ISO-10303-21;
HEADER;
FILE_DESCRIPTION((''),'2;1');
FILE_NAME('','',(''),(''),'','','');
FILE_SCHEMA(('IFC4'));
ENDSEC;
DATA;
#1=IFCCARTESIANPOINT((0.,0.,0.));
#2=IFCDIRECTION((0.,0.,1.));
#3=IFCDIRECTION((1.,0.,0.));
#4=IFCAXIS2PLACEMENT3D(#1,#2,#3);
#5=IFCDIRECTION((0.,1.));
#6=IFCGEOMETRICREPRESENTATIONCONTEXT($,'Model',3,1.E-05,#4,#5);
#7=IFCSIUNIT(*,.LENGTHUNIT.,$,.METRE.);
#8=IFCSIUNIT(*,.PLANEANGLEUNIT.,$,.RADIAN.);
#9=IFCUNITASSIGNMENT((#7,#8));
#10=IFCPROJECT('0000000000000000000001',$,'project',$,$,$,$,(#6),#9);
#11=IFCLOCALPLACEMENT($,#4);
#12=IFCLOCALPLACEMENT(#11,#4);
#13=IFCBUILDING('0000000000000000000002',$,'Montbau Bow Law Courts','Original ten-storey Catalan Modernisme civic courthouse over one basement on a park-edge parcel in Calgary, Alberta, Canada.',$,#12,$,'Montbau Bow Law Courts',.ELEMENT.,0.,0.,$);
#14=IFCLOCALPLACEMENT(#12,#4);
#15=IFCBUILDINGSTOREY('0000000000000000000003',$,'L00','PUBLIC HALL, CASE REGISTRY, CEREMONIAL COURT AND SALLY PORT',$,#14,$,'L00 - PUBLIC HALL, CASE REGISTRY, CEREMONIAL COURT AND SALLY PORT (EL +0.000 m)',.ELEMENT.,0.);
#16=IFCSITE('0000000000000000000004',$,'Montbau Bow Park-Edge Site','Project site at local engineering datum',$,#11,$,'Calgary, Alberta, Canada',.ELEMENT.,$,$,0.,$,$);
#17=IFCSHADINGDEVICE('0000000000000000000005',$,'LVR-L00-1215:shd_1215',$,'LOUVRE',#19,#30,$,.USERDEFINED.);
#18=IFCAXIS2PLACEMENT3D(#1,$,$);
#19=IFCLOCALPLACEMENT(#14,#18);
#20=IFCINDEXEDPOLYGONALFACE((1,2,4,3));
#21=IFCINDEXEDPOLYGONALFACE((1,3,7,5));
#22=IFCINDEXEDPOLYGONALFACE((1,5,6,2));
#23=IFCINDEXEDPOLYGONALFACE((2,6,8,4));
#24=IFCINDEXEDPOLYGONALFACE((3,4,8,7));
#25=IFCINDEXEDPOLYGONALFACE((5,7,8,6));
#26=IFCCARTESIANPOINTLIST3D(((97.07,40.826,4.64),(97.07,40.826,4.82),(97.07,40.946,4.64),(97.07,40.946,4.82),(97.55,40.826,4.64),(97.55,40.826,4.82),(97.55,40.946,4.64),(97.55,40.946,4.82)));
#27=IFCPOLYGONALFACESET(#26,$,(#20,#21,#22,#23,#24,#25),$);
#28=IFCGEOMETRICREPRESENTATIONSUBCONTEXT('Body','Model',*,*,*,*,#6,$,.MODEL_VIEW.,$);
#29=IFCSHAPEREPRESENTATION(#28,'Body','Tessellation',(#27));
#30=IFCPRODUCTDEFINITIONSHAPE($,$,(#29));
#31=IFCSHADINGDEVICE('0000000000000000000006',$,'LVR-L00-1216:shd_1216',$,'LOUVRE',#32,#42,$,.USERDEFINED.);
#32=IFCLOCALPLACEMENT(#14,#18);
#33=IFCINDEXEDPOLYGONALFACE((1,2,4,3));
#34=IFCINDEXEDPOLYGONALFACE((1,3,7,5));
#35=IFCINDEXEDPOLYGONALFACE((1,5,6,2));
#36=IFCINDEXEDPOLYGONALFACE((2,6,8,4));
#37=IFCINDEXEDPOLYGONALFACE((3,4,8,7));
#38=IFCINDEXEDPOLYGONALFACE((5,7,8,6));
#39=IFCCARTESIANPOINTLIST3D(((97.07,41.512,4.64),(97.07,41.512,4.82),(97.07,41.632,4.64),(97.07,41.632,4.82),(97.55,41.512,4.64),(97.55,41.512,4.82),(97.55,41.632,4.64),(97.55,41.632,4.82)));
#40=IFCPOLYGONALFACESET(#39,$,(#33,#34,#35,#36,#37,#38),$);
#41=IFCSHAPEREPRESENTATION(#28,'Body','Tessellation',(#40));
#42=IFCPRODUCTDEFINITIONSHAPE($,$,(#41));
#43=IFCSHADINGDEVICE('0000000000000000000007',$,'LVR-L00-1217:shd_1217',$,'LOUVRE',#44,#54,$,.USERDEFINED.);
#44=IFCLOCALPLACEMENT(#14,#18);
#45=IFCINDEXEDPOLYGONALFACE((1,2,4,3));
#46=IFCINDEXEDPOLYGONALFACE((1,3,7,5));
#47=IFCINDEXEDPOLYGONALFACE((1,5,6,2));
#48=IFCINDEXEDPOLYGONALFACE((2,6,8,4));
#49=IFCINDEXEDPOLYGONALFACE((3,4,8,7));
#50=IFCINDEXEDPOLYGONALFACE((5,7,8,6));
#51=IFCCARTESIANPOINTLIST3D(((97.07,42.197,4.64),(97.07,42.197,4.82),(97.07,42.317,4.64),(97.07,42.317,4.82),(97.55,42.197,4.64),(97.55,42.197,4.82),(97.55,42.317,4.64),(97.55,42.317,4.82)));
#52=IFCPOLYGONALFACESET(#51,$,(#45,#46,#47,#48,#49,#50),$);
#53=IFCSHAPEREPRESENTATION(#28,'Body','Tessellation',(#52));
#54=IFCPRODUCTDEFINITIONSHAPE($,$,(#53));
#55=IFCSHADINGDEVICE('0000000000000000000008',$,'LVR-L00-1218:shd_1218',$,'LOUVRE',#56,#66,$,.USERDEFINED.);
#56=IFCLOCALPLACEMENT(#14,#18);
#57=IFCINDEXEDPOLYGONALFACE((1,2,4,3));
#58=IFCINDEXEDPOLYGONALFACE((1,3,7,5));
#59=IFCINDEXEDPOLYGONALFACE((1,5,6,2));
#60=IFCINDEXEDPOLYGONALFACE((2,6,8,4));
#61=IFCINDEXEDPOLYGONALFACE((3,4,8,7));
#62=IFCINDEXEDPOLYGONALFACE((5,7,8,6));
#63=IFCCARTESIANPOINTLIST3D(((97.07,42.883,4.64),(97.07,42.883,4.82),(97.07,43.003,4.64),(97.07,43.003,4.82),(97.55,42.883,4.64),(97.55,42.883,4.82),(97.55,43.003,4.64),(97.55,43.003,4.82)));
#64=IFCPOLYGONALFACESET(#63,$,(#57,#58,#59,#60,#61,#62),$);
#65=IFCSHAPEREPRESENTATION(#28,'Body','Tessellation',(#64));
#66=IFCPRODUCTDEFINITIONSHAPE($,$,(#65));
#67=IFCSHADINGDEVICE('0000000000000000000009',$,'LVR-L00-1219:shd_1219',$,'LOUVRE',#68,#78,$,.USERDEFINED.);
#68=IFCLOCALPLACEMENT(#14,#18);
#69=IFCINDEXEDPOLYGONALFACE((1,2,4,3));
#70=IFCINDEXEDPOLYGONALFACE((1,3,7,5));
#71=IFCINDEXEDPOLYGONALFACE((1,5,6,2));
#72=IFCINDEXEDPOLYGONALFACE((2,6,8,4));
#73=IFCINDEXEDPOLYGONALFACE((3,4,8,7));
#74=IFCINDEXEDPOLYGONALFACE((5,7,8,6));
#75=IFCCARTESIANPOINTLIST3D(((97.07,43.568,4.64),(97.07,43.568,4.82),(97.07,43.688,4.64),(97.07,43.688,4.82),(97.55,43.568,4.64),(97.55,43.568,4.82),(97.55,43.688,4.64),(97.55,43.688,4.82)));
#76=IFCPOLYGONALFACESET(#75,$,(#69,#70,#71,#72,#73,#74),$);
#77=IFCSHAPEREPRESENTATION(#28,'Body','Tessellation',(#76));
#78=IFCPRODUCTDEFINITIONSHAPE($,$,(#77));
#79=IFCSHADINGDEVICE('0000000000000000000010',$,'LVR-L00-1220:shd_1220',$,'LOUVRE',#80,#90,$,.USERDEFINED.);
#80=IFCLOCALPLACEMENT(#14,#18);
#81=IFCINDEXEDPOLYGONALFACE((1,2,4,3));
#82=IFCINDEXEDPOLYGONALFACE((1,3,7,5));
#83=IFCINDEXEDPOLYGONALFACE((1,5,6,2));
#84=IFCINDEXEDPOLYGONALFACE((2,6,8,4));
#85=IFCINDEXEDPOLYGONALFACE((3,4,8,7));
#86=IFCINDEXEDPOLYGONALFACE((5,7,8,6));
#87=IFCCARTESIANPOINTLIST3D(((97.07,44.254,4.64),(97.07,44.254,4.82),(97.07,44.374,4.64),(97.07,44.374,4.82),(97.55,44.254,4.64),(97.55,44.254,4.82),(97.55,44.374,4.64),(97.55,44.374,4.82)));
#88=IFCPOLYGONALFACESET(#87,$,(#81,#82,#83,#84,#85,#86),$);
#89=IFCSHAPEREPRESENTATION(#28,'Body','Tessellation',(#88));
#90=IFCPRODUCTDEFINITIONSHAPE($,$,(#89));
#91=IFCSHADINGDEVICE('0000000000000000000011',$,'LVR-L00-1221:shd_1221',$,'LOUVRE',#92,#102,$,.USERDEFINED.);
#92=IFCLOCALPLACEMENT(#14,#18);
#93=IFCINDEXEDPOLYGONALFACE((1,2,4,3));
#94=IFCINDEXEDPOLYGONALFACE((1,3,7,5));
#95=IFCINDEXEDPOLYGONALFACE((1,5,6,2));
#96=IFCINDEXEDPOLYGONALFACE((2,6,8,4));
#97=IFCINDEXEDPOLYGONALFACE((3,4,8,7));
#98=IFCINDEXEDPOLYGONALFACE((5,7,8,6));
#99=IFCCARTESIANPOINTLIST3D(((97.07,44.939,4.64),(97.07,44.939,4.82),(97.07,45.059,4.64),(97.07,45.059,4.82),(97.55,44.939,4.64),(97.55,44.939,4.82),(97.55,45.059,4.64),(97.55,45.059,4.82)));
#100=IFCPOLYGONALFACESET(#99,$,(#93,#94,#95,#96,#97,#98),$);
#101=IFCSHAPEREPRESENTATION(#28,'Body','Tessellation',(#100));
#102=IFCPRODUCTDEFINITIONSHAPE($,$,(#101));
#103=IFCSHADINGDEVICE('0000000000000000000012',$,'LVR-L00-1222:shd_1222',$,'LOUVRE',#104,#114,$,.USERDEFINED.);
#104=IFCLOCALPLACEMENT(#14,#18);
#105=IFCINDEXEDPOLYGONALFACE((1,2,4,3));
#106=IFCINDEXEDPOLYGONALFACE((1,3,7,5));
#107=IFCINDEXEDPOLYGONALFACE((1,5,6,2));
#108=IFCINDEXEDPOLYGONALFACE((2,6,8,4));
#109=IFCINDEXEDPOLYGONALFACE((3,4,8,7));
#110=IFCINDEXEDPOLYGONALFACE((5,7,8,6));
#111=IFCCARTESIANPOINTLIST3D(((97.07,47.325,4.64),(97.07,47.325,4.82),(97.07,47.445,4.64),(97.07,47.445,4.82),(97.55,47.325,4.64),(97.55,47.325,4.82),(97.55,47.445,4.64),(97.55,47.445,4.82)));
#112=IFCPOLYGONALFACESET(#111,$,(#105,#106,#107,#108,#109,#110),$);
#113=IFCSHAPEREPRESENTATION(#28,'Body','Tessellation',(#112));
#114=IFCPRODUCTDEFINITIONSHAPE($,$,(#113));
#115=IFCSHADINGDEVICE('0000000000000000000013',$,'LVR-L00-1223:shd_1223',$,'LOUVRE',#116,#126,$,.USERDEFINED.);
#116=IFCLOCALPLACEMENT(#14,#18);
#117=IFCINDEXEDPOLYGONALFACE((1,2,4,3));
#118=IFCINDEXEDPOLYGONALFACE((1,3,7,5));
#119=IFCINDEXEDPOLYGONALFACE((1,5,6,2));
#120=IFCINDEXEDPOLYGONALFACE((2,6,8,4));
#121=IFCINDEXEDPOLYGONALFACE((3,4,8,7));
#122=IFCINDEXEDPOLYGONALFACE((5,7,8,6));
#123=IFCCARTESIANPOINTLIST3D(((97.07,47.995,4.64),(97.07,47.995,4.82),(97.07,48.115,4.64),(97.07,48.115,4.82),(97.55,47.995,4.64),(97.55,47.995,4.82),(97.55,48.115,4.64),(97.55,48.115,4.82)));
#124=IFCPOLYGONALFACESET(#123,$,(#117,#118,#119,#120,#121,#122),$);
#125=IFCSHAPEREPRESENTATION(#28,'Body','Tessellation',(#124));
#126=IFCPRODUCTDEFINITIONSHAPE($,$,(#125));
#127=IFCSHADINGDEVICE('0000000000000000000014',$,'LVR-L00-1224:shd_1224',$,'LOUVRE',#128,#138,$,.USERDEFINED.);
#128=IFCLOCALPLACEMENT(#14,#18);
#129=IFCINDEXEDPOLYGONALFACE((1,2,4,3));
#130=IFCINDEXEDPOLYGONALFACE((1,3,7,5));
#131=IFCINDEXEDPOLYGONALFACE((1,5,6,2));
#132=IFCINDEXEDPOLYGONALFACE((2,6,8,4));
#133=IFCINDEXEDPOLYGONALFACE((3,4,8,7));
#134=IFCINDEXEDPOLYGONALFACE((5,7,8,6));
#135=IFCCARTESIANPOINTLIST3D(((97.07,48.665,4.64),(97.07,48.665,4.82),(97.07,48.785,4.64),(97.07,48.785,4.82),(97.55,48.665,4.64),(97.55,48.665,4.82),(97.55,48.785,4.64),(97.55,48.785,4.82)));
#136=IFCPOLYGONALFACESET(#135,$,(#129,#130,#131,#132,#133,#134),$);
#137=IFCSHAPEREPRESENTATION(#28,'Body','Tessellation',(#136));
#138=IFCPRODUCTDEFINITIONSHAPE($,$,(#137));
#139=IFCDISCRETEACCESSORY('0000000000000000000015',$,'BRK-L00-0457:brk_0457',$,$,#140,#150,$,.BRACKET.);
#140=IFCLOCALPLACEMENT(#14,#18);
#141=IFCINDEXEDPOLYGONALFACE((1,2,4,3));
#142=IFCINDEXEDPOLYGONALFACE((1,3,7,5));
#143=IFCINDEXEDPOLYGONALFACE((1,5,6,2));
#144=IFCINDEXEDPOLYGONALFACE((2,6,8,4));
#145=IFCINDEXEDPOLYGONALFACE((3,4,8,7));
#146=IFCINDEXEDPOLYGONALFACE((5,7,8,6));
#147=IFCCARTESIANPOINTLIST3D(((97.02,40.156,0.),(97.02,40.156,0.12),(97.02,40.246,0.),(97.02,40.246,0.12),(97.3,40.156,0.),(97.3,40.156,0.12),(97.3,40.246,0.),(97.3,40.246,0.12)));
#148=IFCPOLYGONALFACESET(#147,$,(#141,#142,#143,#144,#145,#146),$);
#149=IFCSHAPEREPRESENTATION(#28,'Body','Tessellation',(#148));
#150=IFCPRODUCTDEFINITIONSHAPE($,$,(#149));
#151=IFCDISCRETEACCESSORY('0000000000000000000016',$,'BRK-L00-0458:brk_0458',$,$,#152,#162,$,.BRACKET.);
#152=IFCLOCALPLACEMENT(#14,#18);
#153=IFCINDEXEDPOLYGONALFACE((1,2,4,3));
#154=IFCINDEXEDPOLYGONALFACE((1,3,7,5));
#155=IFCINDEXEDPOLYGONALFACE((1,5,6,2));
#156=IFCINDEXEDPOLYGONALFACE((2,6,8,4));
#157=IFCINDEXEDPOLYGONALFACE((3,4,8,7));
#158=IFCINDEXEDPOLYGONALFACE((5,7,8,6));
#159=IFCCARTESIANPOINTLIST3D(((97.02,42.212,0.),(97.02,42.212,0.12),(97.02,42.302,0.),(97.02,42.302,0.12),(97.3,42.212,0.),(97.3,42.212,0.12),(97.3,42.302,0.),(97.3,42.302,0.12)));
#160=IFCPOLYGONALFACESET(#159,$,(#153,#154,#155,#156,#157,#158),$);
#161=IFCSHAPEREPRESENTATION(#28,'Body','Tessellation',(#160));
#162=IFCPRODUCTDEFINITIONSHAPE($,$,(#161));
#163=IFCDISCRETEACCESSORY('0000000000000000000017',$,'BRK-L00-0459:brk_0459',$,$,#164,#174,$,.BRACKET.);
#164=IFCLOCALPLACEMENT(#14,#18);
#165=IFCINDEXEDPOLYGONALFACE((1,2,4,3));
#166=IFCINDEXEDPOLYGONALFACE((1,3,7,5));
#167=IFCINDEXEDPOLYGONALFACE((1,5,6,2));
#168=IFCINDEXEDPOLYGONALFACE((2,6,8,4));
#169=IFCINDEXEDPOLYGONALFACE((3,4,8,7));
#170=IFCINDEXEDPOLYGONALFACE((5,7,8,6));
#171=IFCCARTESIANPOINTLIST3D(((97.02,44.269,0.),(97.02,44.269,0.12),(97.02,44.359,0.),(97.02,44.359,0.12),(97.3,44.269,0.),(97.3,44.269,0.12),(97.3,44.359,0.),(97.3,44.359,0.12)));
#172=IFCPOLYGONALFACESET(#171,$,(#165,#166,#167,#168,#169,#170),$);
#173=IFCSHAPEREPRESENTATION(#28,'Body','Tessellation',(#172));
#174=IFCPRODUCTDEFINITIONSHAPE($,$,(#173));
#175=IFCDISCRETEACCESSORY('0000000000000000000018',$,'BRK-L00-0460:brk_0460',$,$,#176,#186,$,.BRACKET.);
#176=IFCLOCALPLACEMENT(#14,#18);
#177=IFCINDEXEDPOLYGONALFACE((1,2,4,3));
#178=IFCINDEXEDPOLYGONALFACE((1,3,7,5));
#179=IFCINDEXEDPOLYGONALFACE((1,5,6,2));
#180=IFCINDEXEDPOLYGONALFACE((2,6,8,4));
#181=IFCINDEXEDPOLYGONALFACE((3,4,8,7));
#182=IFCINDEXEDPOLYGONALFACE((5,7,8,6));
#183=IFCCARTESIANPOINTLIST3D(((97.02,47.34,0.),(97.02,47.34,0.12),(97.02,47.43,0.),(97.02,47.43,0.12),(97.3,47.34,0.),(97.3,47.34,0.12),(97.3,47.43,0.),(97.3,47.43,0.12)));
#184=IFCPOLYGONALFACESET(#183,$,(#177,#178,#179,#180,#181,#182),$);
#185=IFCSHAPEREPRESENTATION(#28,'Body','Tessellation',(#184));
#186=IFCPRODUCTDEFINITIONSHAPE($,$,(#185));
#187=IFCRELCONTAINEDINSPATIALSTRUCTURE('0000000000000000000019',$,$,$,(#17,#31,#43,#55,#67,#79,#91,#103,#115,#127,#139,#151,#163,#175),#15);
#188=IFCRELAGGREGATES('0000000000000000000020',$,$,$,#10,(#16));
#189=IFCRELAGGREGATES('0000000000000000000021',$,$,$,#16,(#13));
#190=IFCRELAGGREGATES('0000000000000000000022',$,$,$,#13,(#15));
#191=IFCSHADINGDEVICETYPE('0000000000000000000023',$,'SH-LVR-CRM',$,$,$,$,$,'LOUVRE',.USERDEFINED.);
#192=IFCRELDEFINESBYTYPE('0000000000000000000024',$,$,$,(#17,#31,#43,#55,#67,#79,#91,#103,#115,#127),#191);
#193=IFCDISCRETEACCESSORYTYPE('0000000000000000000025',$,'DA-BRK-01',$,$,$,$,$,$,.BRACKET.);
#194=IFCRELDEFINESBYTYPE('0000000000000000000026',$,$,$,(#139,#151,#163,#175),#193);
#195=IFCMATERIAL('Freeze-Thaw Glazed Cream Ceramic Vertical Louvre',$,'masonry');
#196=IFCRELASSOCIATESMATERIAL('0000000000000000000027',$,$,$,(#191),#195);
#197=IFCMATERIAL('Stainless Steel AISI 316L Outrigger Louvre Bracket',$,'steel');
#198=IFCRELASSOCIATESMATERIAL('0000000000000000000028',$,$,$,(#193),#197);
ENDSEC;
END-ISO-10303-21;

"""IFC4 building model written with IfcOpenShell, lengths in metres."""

from ifc_helpers import new_model, si_unit, direction, frame, origin_with_axes, origin_2d_with_axis, place, context, subcontext, project, spatial, rectangle, extrude, material, type_object, element, save


model = new_model("IFC4")

# Units and contexts
model_context = context("Model", 3, precision=1e-05, world=origin_with_axes(), true_north=direction((0.0, 1.0)))
body_context = subcontext(model_context, "Body", "Model", "MODEL_VIEW")
ifc_project = project(units=[si_unit("LENGTHUNIT", "METRE"), si_unit("PLANEANGLEUNIT", "RADIAN")], contexts=[model_context])

# Site, building, storey
site_placement = place(None, origin_with_axes())
site = spatial("IfcSite", under=ifc_project, at=site_placement, Name="Montbau Bow Park-Edge Site", Description="Project site at local engineering datum", LongName="Calgary, Alberta, Canada", CompositionType="ELEMENT", RefElevation=0.0)
building_placement = place(site_placement, origin_with_axes())
building = spatial("IfcBuilding", under=site, at=building_placement, Name="Montbau Bow Law Courts", Description="Original ten-storey Catalan Modernisme civic courthouse over one basement on a park-edge parcel in Calgary, Alberta, Canada.", LongName="Montbau Bow Law Courts", CompositionType="ELEMENT", ElevationOfRefHeight=0.0, ElevationOfTerrain=0.0)
storey_placement = place(building_placement, origin_with_axes())
storey = spatial("IfcBuildingStorey", under=building, at=storey_placement, Name="L00", Description="PUBLIC HALL, CASE REGISTRY, CEREMONIAL COURT AND SALLY PORT", LongName="L00 - PUBLIC HALL, CASE REGISTRY, CEREMONIAL COURT AND SALLY PORT (EL +0.000 m)", CompositionType="ELEMENT", Elevation=0.0)

# Shading devices
ifc_material_1 = material(Name="Freeze-Thaw Glazed Cream Ceramic Vertical Louvre", Category="masonry")
shading_device_type = type_object("IfcShadingDeviceType", Name="SH-LVR-CRM", ElementType="LOUVRE", PredefinedType="USERDEFINED", material=ifc_material_1)
for number, where, z_axis, x_axis, name in (
    (1, (97.31, 40.886, 4.64), (0.0, 0.0, 1.0), (1.0, 0.0, 0.0), "LVR-L00-1215:shd_1215"),
    (2, (97.31, 41.572, 4.64), (0.0, 0.0, 1.0), (1.0, 0.0, 0.0), "LVR-L00-1216:shd_1216"),
    (3, (97.31, 42.257, 4.64), (0.0, 0.0, 1.0), (1.0, 0.0, 0.0), "LVR-L00-1217:shd_1217"),
    (4, (97.31, 42.943, 4.64), (0.0, 0.0, 1.0), (1.0, 0.0, 0.0), "LVR-L00-1218:shd_1218"),
    (5, (97.31, 43.628, 4.64), (0.0, 0.0, 1.0), (1.0, 0.0, 0.0), "LVR-L00-1219:shd_1219"),
    (6, (97.31, 44.314, 4.64), (0.0, 0.0, 1.0), (1.0, 0.0, 0.0), "LVR-L00-1220:shd_1220"),
    (7, (97.31, 44.999, 4.64), (0.0, 0.0, 1.0), (1.0, 0.0, 0.0), "LVR-L00-1221:shd_1221"),
    (8, (97.31, 47.385, 4.64), (0.0, 0.0, 1.0), (1.0, 0.0, 0.0), "LVR-L00-1222:shd_1222"),
    (9, (97.31, 48.055, 4.64), (0.0, 0.0, 1.0), (1.0, 0.0, 0.0), "LVR-L00-1223:shd_1223"),
    (10, (97.31, 48.725, 4.64), (0.0, 0.0, 1.0), (1.0, 0.0, 0.0), "LVR-L00-1224:shd_1224"),
):
    element("IfcShadingDevice", number, at=place(None, frame(where, z_axis=z_axis, x_axis=x_axis)), inside=storey, type_object=shading_device_type, Name=name, ObjectType="LOUVRE", PredefinedType="USERDEFINED", context=body_context, shape_type="SweptSolid", body=[
        extrude(rectangle(XDim=0.48, YDim=0.12, at=origin_2d_with_axis()), origin_with_axes(), (0.0, 0.0, 1.0), 0.18),
    ])

# Discrete accessories
ifc_material_2 = material(Name="Stainless Steel AISI 316L Outrigger Louvre Bracket", Category="steel")
discrete_accessory_type = type_object("IfcDiscreteAccessoryType", Name="DA-BRK-01", PredefinedType="BRACKET", material=ifc_material_2)
for number, where, z_axis, x_axis, name in (
    (11, (97.16, 40.201, 0.0), (0.0, 0.0, 1.0), (1.0, 0.0, 0.0), "BRK-L00-0457:brk_0457"),
    (12, (97.16, 42.257, 0.0), (0.0, 0.0, 1.0), (1.0, 0.0, 0.0), "BRK-L00-0458:brk_0458"),
    (13, (97.16, 44.314, 0.0), (0.0, 0.0, 1.0), (1.0, 0.0, 0.0), "BRK-L00-0459:brk_0459"),
    (14, (97.16, 47.385, 0.0), (0.0, 0.0, 1.0), (1.0, 0.0, 0.0), "BRK-L00-0460:brk_0460"),
):
    element("IfcDiscreteAccessory", number, at=place(None, frame(where, z_axis=z_axis, x_axis=x_axis)), inside=storey, type_object=discrete_accessory_type, Name=name, PredefinedType="BRACKET", context=body_context, shape_type="SweptSolid", body=[
        extrude(rectangle(XDim=0.28, YDim=0.09, at=origin_2d_with_axis()), origin_with_axes(), (0.0, 0.0, 1.0), 0.12),
    ])

save(model, "model.ifc")
